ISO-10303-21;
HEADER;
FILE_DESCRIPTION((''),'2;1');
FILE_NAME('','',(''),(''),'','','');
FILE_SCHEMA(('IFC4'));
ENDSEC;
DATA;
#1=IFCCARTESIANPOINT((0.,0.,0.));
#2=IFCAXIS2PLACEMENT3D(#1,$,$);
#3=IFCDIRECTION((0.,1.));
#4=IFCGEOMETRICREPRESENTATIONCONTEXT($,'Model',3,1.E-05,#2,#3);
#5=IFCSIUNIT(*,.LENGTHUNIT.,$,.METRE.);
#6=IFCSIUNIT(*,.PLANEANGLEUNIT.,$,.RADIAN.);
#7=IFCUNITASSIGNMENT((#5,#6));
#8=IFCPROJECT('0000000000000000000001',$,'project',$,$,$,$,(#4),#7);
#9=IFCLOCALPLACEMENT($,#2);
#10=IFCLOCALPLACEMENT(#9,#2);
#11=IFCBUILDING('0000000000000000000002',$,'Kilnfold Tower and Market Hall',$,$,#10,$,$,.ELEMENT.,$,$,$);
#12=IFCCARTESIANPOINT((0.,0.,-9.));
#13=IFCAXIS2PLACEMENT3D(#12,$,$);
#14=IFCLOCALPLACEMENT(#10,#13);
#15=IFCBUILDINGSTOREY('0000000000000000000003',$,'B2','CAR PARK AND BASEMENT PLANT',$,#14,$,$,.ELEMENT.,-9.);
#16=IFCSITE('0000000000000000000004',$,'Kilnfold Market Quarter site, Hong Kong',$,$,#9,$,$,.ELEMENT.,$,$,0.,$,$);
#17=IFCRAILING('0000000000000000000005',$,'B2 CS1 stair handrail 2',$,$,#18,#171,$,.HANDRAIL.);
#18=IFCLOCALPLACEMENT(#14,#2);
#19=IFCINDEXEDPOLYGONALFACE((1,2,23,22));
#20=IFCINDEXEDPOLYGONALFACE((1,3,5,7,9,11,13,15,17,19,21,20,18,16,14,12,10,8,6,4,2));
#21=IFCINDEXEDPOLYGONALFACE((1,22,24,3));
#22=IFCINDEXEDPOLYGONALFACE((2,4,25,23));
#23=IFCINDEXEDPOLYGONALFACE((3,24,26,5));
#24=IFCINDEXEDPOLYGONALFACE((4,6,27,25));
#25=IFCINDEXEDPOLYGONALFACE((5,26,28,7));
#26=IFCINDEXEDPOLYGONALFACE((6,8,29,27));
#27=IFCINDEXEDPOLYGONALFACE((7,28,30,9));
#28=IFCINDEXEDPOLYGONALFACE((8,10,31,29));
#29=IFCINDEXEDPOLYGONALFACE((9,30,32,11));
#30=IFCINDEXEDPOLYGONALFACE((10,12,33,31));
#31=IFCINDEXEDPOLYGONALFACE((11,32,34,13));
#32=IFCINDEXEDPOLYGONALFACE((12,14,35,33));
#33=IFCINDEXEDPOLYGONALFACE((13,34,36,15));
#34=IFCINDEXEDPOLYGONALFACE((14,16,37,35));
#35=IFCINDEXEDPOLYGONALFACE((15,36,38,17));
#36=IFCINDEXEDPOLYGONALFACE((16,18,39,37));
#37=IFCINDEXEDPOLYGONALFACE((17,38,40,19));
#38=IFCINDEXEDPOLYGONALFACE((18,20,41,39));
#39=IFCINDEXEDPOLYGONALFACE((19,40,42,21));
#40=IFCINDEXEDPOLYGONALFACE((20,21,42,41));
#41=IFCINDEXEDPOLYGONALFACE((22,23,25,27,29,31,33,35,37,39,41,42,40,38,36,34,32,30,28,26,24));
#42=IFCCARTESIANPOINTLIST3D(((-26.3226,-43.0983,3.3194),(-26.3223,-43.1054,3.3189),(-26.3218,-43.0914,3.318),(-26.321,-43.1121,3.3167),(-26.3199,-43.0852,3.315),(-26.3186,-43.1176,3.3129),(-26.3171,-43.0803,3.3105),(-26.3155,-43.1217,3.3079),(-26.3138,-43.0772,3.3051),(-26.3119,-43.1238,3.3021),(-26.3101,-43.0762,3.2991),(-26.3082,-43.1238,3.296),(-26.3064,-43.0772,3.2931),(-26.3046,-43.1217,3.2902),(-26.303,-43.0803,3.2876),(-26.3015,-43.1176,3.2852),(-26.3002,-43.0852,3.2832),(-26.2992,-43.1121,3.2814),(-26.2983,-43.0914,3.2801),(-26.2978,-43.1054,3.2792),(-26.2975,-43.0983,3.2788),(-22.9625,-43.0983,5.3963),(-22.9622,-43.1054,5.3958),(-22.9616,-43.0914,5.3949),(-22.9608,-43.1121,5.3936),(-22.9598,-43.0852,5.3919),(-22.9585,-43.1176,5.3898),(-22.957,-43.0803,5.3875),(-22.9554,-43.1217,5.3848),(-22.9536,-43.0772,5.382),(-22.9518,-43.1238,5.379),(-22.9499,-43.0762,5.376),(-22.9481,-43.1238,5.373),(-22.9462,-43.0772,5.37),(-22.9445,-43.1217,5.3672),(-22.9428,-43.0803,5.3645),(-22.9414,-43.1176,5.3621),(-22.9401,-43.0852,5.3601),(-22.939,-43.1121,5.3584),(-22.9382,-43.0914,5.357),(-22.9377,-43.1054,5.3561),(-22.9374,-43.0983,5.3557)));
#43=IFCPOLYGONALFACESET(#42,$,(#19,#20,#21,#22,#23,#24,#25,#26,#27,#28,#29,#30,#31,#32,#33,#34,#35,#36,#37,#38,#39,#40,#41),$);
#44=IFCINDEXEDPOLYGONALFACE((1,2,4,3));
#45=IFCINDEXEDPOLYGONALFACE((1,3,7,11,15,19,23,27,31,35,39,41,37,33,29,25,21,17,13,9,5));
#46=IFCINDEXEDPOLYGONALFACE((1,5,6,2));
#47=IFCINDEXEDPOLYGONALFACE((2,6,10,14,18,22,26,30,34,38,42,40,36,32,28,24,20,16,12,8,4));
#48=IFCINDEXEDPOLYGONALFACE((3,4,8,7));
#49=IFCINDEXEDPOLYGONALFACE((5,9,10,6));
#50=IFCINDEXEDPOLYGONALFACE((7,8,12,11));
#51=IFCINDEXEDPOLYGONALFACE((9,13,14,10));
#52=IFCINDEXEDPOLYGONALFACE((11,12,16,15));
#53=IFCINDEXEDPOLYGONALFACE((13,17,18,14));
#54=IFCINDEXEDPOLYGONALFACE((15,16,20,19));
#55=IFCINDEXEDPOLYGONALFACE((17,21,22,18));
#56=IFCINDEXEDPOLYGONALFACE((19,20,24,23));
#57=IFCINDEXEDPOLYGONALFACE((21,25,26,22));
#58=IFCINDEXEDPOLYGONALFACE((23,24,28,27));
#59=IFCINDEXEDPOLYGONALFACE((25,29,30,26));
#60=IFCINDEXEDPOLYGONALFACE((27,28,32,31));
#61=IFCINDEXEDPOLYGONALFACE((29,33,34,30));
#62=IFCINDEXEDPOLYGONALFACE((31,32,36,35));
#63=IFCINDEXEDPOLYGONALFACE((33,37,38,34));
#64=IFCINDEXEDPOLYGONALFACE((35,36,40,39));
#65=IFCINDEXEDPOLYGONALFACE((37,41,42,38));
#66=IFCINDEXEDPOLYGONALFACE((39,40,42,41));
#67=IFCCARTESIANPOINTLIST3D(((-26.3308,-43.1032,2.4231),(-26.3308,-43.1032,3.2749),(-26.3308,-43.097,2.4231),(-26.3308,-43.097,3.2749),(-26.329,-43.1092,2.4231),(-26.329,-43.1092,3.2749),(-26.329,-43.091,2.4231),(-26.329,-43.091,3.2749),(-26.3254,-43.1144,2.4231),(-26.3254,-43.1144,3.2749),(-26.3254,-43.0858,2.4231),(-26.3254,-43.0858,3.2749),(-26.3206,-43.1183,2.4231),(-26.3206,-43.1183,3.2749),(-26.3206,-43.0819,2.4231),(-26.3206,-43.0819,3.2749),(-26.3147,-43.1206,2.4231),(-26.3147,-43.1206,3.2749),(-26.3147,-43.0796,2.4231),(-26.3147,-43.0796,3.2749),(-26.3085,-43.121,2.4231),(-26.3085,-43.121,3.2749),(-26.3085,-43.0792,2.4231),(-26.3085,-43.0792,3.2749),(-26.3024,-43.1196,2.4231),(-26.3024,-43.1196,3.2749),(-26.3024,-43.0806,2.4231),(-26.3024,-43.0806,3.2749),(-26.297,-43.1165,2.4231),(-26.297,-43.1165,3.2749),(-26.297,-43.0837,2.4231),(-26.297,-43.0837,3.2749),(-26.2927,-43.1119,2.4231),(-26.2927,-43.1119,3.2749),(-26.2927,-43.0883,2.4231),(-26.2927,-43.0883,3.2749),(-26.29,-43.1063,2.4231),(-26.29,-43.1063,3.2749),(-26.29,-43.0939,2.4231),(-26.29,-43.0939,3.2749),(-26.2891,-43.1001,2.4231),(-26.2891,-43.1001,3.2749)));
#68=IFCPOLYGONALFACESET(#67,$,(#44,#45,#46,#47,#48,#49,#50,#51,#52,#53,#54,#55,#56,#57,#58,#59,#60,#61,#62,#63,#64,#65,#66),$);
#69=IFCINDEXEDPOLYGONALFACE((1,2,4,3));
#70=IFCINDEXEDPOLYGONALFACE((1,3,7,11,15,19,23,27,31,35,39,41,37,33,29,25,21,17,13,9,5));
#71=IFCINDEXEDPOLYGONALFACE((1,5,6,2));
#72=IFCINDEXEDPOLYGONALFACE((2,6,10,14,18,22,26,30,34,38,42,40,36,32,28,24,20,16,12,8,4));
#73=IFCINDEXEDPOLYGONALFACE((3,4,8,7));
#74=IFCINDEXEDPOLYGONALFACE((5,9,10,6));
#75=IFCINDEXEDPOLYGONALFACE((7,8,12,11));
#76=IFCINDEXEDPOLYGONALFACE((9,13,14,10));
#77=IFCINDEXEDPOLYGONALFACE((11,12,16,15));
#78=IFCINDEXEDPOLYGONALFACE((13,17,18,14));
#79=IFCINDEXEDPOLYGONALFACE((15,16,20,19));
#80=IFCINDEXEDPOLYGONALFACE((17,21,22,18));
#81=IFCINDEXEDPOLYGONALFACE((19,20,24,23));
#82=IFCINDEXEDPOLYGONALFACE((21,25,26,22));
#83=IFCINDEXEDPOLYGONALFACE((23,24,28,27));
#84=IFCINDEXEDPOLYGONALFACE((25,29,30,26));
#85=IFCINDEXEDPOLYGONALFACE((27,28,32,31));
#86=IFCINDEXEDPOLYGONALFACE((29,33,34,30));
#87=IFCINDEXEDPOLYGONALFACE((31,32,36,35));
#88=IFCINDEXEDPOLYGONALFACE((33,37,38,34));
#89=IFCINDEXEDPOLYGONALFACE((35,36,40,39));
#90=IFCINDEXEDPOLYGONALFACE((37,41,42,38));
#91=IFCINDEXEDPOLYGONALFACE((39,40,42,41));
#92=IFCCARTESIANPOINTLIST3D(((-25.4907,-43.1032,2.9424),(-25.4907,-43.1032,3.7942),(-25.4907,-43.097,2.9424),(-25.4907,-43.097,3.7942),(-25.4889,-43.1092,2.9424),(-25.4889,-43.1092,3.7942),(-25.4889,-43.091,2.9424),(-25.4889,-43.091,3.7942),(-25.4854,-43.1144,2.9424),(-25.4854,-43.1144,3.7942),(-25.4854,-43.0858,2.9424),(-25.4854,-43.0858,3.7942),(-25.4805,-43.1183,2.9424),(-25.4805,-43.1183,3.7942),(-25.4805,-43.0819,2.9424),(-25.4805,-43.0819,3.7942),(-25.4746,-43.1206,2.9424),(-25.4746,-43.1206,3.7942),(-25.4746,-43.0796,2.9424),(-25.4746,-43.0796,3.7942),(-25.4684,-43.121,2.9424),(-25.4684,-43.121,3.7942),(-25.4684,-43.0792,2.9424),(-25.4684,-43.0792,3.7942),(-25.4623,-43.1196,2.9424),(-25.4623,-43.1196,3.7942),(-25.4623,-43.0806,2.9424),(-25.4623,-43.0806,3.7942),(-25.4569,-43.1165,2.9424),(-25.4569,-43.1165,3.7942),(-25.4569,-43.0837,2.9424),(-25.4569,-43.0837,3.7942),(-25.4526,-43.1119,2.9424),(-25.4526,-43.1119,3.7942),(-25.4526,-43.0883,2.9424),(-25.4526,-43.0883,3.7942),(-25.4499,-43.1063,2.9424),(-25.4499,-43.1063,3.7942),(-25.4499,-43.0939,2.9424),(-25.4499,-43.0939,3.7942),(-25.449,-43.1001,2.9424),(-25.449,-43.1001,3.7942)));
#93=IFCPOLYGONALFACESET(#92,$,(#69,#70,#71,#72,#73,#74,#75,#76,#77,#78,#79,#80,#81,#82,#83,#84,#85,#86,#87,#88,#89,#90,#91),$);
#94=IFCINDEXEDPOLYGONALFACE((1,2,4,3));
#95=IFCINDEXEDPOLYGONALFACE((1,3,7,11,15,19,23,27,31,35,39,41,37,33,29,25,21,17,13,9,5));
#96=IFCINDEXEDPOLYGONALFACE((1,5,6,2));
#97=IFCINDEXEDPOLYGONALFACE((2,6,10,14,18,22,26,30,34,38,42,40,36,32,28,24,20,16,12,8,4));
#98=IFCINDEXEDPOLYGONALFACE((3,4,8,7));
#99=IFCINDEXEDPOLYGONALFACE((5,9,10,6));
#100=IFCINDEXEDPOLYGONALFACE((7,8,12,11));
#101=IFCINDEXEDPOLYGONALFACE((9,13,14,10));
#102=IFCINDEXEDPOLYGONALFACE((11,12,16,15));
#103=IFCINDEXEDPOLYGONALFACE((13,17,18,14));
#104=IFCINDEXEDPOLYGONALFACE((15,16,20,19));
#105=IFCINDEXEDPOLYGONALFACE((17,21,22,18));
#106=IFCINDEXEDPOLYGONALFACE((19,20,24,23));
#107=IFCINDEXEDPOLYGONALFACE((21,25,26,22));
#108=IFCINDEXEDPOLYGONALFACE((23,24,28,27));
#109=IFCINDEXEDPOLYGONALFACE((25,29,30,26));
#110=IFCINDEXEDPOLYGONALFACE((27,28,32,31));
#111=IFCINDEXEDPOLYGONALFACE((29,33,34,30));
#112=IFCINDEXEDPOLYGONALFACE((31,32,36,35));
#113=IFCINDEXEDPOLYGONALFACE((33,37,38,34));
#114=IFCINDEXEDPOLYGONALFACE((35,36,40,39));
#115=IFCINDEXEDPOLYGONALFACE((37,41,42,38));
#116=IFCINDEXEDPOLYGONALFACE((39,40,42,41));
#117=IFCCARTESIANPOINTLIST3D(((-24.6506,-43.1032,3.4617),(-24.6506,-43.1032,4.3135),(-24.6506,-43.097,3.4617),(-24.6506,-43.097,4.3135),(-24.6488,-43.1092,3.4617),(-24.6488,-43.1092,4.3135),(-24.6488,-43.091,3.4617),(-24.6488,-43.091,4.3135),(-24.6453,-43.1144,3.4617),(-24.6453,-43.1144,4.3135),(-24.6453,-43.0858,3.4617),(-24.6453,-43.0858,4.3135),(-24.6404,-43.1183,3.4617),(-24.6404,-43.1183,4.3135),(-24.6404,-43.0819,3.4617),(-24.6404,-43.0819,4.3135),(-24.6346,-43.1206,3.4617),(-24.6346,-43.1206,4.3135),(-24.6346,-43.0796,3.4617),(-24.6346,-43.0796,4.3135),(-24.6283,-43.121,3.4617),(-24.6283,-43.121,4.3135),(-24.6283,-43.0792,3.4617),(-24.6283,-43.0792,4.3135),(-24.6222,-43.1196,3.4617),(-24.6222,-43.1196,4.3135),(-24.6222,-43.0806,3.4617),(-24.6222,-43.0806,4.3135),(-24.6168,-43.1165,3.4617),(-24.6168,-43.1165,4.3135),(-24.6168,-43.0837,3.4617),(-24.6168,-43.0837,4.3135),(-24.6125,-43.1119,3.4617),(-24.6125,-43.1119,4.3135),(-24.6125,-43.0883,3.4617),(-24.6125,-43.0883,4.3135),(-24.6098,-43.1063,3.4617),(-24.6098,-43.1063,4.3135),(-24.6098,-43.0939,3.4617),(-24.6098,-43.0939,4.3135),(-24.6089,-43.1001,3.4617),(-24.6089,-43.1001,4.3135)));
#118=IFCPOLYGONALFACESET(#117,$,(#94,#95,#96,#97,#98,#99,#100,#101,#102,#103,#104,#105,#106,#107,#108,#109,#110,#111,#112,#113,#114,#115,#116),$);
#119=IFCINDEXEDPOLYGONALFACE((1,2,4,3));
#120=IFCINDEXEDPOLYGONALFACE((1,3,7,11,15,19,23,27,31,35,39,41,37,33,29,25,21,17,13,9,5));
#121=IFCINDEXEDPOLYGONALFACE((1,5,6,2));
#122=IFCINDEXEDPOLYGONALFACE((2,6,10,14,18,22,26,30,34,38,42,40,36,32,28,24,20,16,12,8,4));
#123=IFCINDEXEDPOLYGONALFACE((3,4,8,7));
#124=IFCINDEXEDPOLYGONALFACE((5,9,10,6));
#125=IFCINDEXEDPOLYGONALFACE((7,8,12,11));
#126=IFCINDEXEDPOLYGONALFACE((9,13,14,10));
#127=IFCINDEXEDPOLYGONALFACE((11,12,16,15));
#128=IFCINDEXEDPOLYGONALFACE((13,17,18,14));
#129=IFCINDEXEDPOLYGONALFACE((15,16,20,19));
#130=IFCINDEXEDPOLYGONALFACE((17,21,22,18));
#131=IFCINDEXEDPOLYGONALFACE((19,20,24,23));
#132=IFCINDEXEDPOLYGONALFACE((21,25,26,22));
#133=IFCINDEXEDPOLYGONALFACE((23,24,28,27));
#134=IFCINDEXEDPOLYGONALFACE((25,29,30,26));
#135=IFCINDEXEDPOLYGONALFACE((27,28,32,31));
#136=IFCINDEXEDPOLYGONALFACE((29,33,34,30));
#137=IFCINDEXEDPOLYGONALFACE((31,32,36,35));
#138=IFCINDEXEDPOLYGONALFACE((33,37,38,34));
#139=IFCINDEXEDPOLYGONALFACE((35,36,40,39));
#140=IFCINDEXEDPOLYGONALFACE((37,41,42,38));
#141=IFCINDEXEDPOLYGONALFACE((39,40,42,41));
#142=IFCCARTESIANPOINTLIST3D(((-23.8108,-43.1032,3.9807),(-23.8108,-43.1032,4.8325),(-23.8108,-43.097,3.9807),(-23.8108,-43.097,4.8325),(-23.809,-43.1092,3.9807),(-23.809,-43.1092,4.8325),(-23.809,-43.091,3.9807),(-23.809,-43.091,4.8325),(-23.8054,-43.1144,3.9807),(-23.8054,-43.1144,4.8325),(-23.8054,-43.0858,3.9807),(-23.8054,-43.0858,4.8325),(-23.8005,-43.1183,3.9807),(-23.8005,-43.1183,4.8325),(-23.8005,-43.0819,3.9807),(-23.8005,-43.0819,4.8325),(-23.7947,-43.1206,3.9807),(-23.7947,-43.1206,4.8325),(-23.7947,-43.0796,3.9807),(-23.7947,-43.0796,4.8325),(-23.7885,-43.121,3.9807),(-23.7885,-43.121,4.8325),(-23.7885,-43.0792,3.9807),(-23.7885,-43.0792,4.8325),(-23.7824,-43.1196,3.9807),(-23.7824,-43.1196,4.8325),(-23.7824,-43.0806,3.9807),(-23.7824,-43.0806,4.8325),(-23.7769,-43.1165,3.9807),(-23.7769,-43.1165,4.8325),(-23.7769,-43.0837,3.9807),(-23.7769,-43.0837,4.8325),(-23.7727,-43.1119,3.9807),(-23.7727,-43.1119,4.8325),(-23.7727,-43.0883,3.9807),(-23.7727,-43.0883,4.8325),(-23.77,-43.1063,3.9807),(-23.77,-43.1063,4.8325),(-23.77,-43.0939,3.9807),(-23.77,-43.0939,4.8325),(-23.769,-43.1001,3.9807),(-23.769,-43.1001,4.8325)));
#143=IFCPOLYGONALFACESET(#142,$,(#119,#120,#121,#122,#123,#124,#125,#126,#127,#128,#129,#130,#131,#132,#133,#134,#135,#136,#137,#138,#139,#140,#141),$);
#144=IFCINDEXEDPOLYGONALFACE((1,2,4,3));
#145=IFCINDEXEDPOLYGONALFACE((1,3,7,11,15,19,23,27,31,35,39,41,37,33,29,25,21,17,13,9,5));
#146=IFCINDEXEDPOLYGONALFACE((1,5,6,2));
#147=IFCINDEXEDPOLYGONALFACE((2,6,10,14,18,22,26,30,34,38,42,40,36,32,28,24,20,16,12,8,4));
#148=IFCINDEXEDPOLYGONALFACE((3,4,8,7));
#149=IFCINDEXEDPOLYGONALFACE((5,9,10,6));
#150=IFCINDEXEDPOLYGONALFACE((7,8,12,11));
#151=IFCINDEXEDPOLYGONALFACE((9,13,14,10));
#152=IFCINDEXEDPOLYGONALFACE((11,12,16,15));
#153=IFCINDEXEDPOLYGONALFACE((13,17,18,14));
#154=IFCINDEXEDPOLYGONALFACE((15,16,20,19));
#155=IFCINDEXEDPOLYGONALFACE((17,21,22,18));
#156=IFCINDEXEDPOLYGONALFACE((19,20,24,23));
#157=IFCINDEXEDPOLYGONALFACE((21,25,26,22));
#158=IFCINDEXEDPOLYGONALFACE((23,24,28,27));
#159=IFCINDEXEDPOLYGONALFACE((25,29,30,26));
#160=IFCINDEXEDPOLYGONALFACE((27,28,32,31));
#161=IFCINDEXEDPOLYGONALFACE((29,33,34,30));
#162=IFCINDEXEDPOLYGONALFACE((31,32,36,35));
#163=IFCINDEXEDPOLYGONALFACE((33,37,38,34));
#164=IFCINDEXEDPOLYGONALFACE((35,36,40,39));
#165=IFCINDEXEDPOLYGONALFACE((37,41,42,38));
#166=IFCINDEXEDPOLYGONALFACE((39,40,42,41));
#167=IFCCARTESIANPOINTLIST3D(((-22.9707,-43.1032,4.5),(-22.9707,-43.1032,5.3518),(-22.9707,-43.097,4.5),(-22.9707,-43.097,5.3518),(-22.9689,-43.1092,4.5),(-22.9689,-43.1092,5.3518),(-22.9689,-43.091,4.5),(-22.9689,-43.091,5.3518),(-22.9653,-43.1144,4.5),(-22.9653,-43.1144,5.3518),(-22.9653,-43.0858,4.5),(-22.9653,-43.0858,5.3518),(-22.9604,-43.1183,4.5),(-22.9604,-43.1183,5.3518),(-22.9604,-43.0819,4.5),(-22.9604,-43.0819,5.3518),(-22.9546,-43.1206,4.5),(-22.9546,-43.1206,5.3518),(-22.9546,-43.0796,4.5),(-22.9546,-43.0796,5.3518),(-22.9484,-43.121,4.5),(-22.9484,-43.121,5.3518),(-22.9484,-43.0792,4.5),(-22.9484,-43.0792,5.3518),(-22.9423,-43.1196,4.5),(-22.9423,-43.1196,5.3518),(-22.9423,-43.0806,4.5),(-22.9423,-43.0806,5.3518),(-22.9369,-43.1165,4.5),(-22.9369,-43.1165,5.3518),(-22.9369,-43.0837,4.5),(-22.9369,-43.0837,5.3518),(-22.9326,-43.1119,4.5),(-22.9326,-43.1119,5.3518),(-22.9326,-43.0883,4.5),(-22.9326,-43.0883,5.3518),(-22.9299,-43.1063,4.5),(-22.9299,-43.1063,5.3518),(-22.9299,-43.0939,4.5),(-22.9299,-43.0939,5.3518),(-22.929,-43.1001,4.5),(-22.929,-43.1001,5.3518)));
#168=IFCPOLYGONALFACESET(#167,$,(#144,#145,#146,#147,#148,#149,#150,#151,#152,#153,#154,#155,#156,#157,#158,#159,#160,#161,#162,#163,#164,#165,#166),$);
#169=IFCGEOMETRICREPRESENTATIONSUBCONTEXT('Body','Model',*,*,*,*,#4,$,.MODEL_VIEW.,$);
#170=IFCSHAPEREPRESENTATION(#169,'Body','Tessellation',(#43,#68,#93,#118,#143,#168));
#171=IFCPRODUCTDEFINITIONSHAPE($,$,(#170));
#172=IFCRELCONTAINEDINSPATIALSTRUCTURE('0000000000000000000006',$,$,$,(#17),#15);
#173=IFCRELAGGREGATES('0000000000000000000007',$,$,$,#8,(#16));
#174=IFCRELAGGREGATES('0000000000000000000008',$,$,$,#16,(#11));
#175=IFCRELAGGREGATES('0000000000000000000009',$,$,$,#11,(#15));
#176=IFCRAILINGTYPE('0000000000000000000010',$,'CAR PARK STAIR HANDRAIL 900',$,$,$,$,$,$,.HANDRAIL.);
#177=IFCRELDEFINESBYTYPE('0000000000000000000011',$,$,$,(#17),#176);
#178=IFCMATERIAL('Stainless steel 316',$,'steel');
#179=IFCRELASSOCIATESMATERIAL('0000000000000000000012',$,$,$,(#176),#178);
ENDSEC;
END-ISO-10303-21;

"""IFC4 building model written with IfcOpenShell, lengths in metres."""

from ifc_helpers import new_model, si_unit, direction, frame, origin, origin_2d, place, context, subcontext, project, spatial, circle, extrude, material, type_object, element, save


model = new_model("IFC4")

# Units and contexts
model_context = context("Model", 3, precision=1e-05, world=origin(), true_north=direction((0.0, 1.0)))
body_context = subcontext(model_context, "Body", "Model", "MODEL_VIEW")
ifc_project = project(units=[si_unit("LENGTHUNIT", "METRE"), si_unit("PLANEANGLEUNIT", "RADIAN")], contexts=[model_context])

# Site, building, storey
site_placement = place(None, origin())
site = spatial("IfcSite", under=ifc_project, at=site_placement, Name="Kilnfold Market Quarter site, Hong Kong", CompositionType="ELEMENT", RefElevation=0.0)
building_placement = place(site_placement, origin())
building = spatial("IfcBuilding", under=site, at=building_placement, Name="Kilnfold Tower and Market Hall", CompositionType="ELEMENT")
storey_placement = place(building_placement, frame((0.0, 0.0, -9.0)))
storey = spatial("IfcBuildingStorey", under=building, at=storey_placement, Name="B2", Description="CAR PARK AND BASEMENT PLANT", CompositionType="ELEMENT", Elevation=-9.0)

# Railing
ifc_material_1 = material(Name="Stainless steel 316", Category="steel")
railing_type_1 = type_object("IfcRailingType", Name="CAR PARK STAIR HANDRAIL 900", PredefinedType="HANDRAIL", material=ifc_material_1)
railing_1_placement = place(storey_placement, frame((-26.3101, -43.1001, 2.4231)))
element("IfcRailing", 1, at=railing_1_placement, inside=storey, type_object=railing_type_1, Name="B2 CS1 stair handrail 2", PredefinedType="HANDRAIL", context=body_context, shape_type="SweptSolid", body=[
    extrude(circle(Radius=0.0239, at=origin_2d()), frame((0.0, 0.0, 0.876), z_axis=(0.850623, 0.0, 0.525776), x_axis=(0.0, 1.0, 0.0)), (0.0, 0.0, 1.0), 3.9502),
    extrude(circle(Radius=0.021, at=origin_2d()), origin(), (0.0, 0.0, 1.0), 0.8518),
    extrude(circle(Radius=0.021, at=origin_2d()), frame((0.8401, 0.0, 0.5193)), (0.0, 0.0, 1.0), 0.8518),
    extrude(circle(Radius=0.021, at=origin_2d()), frame((1.6802, 0.0, 1.0386)), (0.0, 0.0, 1.0), 0.8518),
    extrude(circle(Radius=0.021, at=origin_2d()), frame((2.52, 0.0, 1.5576)), (0.0, 0.0, 1.0), 0.8518),
    extrude(circle(Radius=0.021, at=origin_2d()), frame((3.3601, 0.0, 2.0769)), (0.0, 0.0, 1.0), 0.8518),
])

save(model, "model.ifc")
